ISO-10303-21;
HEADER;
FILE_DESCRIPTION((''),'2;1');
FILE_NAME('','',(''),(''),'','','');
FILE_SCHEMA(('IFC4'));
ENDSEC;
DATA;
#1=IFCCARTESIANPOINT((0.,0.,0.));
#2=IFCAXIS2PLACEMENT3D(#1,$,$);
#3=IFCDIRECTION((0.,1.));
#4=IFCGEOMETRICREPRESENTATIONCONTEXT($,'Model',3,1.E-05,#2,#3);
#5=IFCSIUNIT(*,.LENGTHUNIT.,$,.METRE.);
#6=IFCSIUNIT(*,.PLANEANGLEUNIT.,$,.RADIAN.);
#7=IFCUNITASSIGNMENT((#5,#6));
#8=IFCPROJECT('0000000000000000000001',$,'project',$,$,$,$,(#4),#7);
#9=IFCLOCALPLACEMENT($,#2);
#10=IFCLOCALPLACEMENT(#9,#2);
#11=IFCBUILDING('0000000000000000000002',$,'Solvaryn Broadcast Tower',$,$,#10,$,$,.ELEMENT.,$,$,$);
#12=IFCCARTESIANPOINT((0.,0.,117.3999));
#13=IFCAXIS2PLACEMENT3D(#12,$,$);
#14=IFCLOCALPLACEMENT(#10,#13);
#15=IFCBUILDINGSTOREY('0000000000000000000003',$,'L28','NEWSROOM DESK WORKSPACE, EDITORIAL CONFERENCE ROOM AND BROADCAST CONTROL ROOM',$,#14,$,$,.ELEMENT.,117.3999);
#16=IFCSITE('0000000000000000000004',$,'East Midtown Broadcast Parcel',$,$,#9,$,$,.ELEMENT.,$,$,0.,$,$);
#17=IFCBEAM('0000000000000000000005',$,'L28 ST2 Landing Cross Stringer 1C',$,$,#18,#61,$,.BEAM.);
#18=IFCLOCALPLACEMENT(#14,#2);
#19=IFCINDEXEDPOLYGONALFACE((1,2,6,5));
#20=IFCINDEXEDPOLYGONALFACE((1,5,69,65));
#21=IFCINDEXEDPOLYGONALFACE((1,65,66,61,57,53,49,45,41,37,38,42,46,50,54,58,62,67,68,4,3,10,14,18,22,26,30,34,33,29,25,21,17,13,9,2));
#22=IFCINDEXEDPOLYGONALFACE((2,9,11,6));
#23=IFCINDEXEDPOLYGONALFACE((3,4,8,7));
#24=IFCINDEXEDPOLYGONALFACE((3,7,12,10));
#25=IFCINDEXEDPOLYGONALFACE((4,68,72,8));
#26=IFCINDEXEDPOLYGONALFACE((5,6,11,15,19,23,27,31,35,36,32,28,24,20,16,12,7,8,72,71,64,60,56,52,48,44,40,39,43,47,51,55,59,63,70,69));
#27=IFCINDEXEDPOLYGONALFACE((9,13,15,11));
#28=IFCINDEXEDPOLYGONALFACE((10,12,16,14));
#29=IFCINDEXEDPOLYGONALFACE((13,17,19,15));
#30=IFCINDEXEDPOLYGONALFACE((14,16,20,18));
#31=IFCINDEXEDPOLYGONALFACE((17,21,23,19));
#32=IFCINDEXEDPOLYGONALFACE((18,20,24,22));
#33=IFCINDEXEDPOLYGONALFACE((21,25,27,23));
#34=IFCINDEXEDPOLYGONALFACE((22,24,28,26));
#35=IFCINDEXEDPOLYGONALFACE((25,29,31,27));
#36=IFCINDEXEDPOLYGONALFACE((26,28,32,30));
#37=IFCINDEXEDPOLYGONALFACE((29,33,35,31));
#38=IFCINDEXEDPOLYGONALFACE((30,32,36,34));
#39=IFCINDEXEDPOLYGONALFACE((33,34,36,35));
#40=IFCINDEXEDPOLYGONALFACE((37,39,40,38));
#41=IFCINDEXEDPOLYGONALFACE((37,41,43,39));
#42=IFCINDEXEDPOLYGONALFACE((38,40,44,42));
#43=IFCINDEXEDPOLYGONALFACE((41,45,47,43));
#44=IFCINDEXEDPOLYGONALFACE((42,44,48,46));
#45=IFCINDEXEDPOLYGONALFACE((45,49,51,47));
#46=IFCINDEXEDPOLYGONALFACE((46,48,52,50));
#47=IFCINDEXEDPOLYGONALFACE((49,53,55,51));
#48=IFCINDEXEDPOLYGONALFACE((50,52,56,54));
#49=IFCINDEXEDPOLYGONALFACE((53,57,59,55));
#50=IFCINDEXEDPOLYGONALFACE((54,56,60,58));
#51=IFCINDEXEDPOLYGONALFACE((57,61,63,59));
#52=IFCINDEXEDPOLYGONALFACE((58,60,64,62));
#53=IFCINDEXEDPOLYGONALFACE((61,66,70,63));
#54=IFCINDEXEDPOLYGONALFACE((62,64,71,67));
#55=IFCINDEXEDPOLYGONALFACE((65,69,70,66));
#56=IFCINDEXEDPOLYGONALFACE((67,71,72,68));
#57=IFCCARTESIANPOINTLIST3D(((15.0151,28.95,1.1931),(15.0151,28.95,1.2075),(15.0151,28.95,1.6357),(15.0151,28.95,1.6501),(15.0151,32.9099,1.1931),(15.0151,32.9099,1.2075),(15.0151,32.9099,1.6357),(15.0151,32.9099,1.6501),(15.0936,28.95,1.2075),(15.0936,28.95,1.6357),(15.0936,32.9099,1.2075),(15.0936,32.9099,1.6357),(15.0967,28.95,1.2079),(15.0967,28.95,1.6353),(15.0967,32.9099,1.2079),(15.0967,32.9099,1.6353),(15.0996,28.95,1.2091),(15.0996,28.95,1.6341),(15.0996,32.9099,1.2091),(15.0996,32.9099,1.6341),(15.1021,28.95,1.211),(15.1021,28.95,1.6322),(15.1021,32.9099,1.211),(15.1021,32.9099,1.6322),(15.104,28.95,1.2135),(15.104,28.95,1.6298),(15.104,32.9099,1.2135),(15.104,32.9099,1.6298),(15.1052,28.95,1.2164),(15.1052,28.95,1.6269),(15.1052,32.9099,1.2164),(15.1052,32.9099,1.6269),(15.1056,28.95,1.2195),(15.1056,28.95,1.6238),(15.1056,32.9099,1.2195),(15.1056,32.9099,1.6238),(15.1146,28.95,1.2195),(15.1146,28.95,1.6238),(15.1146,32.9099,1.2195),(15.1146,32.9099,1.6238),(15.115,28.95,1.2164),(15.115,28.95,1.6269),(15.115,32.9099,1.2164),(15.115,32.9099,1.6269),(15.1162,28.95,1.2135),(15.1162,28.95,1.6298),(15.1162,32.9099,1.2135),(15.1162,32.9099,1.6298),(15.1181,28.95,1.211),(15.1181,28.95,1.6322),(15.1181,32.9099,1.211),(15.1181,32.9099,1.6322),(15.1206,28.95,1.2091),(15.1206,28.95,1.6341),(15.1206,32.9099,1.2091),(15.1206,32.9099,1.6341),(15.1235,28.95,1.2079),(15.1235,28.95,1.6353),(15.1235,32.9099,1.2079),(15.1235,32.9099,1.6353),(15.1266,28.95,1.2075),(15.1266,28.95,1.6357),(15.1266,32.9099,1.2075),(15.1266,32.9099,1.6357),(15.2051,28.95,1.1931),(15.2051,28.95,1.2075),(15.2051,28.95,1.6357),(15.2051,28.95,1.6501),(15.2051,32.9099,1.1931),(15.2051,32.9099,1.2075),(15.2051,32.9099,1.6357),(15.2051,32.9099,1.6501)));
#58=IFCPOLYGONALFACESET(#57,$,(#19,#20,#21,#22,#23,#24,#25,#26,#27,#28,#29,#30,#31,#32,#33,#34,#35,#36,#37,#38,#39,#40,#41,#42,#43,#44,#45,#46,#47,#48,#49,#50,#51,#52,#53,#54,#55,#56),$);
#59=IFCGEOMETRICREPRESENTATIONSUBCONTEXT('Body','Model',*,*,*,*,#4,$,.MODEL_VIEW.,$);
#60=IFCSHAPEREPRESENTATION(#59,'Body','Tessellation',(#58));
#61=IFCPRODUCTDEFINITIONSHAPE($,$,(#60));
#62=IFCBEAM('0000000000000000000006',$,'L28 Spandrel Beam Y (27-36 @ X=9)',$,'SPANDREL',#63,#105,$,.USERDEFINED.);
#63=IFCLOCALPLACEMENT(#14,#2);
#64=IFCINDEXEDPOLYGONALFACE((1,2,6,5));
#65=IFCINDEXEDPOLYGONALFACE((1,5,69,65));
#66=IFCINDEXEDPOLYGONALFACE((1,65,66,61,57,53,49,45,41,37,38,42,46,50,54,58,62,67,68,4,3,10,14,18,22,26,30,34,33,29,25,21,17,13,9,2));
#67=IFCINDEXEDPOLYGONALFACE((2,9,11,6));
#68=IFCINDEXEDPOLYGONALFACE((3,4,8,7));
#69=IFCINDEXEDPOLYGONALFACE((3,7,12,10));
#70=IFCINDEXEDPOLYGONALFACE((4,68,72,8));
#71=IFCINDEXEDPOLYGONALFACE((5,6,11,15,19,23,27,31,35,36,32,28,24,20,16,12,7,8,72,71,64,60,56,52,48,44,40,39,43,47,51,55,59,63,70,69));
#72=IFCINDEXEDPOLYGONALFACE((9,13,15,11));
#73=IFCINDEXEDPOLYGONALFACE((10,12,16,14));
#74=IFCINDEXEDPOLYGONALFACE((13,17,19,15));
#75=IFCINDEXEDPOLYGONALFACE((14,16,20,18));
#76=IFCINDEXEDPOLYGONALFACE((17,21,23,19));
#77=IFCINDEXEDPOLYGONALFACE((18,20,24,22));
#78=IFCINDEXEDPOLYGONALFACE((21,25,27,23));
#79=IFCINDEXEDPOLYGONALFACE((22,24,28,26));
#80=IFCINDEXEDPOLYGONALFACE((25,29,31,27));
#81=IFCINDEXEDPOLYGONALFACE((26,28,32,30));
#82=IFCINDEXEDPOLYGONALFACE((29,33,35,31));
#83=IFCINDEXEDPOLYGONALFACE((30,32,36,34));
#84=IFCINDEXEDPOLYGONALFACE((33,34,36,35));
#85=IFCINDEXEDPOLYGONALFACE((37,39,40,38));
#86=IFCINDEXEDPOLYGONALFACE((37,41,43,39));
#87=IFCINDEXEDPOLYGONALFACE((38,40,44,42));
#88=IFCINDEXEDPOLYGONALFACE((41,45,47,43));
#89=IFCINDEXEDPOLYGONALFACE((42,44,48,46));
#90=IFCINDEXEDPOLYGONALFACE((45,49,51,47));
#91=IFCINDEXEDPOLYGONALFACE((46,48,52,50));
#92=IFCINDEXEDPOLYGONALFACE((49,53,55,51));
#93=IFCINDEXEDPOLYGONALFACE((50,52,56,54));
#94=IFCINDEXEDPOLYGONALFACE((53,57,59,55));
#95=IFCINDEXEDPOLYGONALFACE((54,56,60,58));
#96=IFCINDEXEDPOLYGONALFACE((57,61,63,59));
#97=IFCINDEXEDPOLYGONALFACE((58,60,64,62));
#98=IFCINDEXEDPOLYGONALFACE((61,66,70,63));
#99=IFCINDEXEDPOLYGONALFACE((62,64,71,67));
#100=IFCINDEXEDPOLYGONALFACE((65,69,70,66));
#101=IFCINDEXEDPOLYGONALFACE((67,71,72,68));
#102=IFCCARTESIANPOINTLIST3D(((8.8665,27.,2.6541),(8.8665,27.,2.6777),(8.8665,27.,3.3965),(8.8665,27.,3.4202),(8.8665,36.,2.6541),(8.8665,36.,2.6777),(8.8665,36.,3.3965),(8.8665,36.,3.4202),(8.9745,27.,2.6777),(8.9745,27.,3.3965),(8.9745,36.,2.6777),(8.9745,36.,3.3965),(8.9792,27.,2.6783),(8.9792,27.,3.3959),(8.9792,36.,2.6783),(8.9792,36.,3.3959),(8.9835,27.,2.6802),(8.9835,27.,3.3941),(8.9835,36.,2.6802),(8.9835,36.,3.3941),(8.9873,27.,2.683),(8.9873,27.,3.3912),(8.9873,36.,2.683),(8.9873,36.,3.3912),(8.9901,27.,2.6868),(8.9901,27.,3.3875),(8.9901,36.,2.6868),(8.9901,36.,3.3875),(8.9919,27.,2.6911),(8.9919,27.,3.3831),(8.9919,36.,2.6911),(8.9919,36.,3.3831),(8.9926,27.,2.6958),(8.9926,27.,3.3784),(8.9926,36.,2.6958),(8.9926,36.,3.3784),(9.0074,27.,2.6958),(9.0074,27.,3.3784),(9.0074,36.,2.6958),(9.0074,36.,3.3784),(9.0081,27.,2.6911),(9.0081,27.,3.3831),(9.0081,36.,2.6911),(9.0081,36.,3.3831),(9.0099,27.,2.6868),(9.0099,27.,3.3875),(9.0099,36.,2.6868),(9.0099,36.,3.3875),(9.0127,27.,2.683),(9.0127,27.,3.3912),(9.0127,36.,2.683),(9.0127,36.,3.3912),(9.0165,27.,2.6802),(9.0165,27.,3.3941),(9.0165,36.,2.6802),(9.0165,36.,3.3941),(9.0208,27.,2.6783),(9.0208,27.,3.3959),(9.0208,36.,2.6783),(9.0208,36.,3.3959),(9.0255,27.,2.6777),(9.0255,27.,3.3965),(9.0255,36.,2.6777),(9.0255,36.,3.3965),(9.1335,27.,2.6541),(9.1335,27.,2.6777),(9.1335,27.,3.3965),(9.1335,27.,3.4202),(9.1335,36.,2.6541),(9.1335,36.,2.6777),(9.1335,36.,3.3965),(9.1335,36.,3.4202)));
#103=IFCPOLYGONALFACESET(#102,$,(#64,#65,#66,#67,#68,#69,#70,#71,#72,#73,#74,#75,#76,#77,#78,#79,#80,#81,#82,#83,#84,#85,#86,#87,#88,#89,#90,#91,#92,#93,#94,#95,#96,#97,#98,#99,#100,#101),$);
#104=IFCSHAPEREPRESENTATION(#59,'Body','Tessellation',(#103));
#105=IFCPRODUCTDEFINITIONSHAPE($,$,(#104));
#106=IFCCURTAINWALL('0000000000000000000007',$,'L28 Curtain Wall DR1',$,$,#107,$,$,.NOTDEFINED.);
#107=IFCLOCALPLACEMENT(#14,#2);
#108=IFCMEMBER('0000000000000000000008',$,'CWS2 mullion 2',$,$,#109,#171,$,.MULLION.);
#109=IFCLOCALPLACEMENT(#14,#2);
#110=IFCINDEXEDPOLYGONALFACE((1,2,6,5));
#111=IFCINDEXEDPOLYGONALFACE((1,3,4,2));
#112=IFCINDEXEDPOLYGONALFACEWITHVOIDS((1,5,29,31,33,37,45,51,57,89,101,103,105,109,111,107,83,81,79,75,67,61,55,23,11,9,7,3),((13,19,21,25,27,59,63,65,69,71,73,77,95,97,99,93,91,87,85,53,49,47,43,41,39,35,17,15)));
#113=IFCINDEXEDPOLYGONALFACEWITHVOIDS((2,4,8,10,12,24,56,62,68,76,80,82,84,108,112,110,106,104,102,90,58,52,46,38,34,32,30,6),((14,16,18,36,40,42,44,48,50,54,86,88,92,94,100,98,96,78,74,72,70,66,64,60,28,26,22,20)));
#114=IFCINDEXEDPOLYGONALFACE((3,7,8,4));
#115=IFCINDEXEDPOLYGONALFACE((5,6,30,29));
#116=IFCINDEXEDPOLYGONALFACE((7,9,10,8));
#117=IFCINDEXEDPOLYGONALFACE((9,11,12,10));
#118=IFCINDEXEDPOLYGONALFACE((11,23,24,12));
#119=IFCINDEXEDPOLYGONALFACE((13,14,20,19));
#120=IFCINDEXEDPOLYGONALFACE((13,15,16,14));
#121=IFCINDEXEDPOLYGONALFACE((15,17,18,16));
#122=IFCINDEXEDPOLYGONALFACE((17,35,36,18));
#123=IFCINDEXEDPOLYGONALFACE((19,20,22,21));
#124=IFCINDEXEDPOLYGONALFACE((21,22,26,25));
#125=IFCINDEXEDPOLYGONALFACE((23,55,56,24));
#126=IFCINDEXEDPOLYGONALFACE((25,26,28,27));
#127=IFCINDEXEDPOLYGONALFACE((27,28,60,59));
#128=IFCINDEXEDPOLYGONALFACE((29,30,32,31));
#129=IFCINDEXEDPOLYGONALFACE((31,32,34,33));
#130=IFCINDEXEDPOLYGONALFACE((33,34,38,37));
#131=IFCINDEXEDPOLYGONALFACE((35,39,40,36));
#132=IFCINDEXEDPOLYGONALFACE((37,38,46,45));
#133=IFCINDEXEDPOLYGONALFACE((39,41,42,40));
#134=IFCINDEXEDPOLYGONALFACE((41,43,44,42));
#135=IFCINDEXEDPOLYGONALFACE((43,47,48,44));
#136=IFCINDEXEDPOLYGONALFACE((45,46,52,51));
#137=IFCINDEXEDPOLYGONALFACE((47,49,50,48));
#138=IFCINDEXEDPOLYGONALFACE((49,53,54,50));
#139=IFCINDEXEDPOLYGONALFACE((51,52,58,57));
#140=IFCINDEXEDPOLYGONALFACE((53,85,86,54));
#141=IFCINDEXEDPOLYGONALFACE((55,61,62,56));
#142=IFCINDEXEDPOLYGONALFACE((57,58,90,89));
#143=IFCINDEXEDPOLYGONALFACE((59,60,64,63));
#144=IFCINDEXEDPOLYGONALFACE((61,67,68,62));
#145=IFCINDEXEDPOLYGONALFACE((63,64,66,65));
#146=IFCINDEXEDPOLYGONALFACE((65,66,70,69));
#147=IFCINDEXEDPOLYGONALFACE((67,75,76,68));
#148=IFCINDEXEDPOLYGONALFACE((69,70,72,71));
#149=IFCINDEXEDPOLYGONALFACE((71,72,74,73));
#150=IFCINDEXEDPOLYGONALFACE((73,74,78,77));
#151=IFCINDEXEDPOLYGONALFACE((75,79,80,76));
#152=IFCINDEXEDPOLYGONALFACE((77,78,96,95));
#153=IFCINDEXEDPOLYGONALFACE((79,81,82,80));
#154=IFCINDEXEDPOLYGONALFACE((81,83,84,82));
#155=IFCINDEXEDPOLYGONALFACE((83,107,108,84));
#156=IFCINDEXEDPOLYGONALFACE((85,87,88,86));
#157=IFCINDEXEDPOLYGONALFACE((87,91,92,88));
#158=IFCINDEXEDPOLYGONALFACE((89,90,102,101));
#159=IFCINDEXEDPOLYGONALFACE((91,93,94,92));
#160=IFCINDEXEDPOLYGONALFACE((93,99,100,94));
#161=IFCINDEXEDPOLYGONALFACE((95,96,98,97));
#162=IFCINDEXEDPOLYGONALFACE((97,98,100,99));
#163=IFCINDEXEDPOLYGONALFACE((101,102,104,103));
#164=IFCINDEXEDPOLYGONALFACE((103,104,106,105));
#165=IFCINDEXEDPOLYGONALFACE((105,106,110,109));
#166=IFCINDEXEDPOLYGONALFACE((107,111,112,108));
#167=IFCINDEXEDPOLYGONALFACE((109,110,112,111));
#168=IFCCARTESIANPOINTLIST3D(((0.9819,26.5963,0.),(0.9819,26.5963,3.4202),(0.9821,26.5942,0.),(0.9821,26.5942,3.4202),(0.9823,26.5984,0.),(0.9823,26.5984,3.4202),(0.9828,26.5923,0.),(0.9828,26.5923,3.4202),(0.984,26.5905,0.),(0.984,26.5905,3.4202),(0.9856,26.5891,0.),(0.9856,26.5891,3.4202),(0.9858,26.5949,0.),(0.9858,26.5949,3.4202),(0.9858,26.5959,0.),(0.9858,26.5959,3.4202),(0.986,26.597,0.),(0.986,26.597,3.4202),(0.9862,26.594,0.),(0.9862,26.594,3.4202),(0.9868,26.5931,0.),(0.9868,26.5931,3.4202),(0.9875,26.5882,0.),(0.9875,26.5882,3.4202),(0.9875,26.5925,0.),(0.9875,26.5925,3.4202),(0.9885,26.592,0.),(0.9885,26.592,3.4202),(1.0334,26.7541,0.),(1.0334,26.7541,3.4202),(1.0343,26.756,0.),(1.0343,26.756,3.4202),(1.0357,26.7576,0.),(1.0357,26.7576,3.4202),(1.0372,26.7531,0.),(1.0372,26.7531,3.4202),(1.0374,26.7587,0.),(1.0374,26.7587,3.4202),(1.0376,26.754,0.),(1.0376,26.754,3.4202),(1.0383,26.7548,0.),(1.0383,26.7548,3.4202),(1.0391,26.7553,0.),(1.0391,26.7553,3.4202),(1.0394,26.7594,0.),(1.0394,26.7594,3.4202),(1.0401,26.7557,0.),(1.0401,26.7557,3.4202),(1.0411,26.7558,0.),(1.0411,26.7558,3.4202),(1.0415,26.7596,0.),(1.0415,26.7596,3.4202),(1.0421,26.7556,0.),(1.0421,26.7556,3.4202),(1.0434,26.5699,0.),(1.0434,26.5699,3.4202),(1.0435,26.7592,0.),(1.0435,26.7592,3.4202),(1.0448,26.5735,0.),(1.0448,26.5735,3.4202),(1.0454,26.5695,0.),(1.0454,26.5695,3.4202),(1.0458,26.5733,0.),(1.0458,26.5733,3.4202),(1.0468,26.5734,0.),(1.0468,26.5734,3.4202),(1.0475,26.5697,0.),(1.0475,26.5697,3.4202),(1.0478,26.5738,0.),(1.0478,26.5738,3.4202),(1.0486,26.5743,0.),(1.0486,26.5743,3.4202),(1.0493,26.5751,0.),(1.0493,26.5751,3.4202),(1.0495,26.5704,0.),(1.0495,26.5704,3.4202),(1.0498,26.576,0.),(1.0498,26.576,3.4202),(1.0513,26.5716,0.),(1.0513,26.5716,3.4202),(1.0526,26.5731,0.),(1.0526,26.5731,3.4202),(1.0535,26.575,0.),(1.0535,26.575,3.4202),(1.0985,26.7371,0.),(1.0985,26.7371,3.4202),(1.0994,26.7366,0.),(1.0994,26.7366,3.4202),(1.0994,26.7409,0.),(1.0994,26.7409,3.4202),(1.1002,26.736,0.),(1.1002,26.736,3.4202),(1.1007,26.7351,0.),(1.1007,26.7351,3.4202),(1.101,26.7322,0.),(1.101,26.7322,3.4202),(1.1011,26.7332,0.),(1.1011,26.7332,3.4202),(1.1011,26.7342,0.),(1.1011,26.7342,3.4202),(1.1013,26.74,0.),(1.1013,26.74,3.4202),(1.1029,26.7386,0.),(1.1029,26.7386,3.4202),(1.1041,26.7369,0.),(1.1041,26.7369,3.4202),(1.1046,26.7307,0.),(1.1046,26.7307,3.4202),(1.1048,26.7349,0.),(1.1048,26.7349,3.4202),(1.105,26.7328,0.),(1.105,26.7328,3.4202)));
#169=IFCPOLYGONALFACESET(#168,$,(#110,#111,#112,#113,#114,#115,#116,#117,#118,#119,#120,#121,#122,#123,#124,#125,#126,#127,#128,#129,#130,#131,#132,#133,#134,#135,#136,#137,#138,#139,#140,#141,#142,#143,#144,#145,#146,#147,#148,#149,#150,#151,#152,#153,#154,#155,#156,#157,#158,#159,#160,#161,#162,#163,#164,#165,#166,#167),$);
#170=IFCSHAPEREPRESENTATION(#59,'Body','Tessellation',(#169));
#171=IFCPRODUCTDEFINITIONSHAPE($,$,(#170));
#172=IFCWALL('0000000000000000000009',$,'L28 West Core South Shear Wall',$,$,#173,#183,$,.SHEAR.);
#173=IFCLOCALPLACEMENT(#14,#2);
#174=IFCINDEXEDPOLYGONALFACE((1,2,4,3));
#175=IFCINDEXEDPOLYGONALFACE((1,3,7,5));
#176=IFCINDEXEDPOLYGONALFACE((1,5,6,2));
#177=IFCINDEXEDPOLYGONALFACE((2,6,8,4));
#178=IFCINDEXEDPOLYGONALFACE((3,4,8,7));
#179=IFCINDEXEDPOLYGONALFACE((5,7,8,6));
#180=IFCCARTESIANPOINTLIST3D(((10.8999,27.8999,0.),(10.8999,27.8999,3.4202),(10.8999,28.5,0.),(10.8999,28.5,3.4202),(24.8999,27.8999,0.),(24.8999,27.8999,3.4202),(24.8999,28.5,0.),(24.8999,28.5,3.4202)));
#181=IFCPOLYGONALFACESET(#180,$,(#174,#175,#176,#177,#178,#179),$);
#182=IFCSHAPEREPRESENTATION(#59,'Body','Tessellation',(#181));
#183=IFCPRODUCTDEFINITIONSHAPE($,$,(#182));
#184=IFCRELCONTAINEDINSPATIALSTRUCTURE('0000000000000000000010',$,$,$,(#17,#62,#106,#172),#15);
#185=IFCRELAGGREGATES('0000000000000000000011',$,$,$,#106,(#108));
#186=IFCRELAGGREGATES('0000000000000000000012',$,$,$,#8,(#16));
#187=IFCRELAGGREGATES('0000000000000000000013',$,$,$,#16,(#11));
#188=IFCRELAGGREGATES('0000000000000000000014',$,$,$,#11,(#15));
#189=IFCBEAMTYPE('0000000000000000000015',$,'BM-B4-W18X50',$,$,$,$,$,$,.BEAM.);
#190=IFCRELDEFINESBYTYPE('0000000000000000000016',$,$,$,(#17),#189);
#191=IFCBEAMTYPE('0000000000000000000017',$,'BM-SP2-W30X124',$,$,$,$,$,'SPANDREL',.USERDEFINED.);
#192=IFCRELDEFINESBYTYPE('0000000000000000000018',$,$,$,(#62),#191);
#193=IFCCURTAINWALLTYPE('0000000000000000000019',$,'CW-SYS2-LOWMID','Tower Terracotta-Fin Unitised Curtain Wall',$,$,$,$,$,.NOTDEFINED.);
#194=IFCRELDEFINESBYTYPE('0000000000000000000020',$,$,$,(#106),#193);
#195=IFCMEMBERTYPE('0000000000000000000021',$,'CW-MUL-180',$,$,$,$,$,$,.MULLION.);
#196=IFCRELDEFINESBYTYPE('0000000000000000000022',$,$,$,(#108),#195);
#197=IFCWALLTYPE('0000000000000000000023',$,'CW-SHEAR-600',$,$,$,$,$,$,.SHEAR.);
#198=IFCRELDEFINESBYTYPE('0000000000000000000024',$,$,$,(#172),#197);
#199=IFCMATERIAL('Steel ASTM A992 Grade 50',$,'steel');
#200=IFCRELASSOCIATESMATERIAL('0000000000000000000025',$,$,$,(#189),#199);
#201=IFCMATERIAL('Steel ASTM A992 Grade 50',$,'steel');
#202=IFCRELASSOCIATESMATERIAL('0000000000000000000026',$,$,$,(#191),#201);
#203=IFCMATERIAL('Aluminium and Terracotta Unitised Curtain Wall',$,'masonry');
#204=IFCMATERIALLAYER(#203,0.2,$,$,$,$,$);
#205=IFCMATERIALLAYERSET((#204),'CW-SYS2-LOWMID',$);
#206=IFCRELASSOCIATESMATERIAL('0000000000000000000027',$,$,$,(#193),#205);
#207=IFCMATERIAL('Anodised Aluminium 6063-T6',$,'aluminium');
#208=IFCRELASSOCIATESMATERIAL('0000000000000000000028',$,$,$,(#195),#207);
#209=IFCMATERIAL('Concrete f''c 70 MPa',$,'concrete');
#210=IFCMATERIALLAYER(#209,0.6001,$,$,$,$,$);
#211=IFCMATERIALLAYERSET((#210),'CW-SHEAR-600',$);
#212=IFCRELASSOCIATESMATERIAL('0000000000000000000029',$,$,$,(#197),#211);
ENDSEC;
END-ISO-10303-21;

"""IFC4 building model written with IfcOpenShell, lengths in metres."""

from ifc_helpers import new_model, si_unit, direction, frame, frame_2d, origin, origin_2d, place, context, subcontext, project, spatial, rectangle, hollow_rectangle, i_section, extrude, material, layer, layer_set, material_profile, profile_set, type_object, element, aggregate, save


model = new_model("IFC4")

# Units and contexts
model_context = context("Model", 3, precision=1e-05, world=origin(), true_north=direction((0.0, 1.0)))
body_context = subcontext(model_context, "Body", "Model", "MODEL_VIEW")
ifc_project = project(units=[si_unit("LENGTHUNIT", "METRE"), si_unit("PLANEANGLEUNIT", "RADIAN")], contexts=[model_context])

# Site, building, storey
site_placement = place(None, origin())
site = spatial("IfcSite", under=ifc_project, at=site_placement, Name="East Midtown Broadcast Parcel", CompositionType="ELEMENT", RefElevation=0.0)
building_placement = place(site_placement, origin())
building = spatial("IfcBuilding", under=site, at=building_placement, Name="Solvaryn Broadcast Tower", CompositionType="ELEMENT")
storey_placement = place(building_placement, frame((0.0, 0.0, 117.3999)))
storey = spatial("IfcBuildingStorey", under=building, at=storey_placement, Name="L28", Description="NEWSROOM DESK WORKSPACE, EDITORIAL CONFERENCE ROOM AND BROADCAST CONTROL ROOM", CompositionType="ELEMENT", Elevation=117.3999)

# Beams
ifc_material_1 = material(Name="Steel ASTM A992 Grade 50", Category="steel")
ifc_material_profile_1 = material_profile(ifc_material_1, i_section(OverallWidth=0.1899, OverallDepth=0.457, WebThickness=0.009, FlangeThickness=0.0144, FilletRadius=0.012, at=origin_2d()))
ifc_profile_set_1 = profile_set([ifc_material_profile_1], Name="Steel ASTM A992 Grade 50")
beam_type_1 = type_object("IfcBeamType", Name="BM-B4-W18X50", PredefinedType="BEAM", material=ifc_profile_set_1)
beam_1_placement = place(storey_placement, frame((15.1101, 28.95, 1.4216), z_axis=(0.0, 1.0, 0.0), x_axis=(-1.0, 0.0, 0.0)))
element("IfcBeam", 1, at=beam_1_placement, inside=storey, type_object=beam_type_1, Name="L28 ST2 Landing Cross Stringer 1C", PredefinedType="BEAM", context=body_context, shape_type="SweptSolid", body=[
    extrude(i_section(OverallWidth=0.1899, OverallDepth=0.457, WebThickness=0.009, FlangeThickness=0.0144, FilletRadius=0.012, at=origin_2d()), origin(), (0.0, 0.0, 1.0), 3.96),
])
ifc_material_2 = material(Name="Steel ASTM A992 Grade 50", Category="steel")
ifc_material_profile_2 = material_profile(ifc_material_2, i_section(OverallWidth=0.2671, OverallDepth=0.7661, WebThickness=0.0149, FlangeThickness=0.0237, FilletRadius=0.0181, at=origin_2d()))
ifc_profile_set_2 = profile_set([ifc_material_profile_2], Name="Steel ASTM A992 Grade 50")
beam_type_2 = type_object("IfcBeamType", Name="BM-SP2-W30X124", ElementType="SPANDREL", PredefinedType="USERDEFINED", material=ifc_profile_set_2)
beam_2_placement = place(storey_placement, frame((9.0, 27.0, 3.0371), z_axis=(0.0, 1.0, 0.0), x_axis=(-1.0, 0.0, 0.0)))
element("IfcBeam", 2, at=beam_2_placement, inside=storey, type_object=beam_type_2, Name="L28 Spandrel Beam Y (27-36 @ X=9)", ObjectType="SPANDREL", PredefinedType="USERDEFINED", context=body_context, shape_type="SweptSolid", body=[
    extrude(i_section(OverallWidth=0.2671, OverallDepth=0.7661, WebThickness=0.0149, FlangeThickness=0.0237, FilletRadius=0.0181, at=origin_2d()), origin(), (0.0, 0.0, 1.0), 9.0),
])

# Curtain wall, member
ifc_material_3 = material(Name="Aluminium and Terracotta Unitised Curtain Wall", Category="masonry")
ifc_layer_1 = layer(ifc_material_3, 0.2)
ifc_layer_set_1 = layer_set([ifc_layer_1], Name="CW-SYS2-LOWMID")
curtain_wall_type = type_object("IfcCurtainWallType", Name="CW-SYS2-LOWMID", Description="Tower Terracotta-Fin Unitised Curtain Wall", PredefinedType="NOTDEFINED", material=ifc_layer_set_1)
curtain_wall_placement = place(storey_placement, origin())
curtain_wall = element("IfcCurtainWall", 3, at=curtain_wall_placement, inside=storey, type_object=curtain_wall_type, Name="L28 Curtain Wall DR1", PredefinedType="NOTDEFINED")
ifc_material_4 = material(Name="Anodised Aluminium 6063-T6", Category="aluminium")
ifc_material_profile_3 = material_profile(ifc_material_4, hollow_rectangle(XDim=0.075, YDim=0.1799, WallThickness=0.0039, InnerFilletRadius=0.0039, OuterFilletRadius=0.0081, at=origin_2d()))
ifc_profile_set_3 = profile_set([ifc_material_profile_3], Name="Anodised Aluminium 6063-T6")
member_type = type_object("IfcMemberType", Name="CW-MUL-180", PredefinedType="MULLION", material=ifc_profile_set_3)
member_placement = place(storey_placement, frame((1.0435, 26.6646, 0.0), z_axis=(0.0, 0.0, 1.0), x_axis=(0.950198, -0.311646, 0.0)))
member = element("IfcMember", 4, at=member_placement, type_object=member_type, Name="CWS2 mullion 2", PredefinedType="MULLION", context=body_context, shape_type="SweptSolid", body=[
    extrude(hollow_rectangle(XDim=0.075, YDim=0.1799, WallThickness=0.0039, InnerFilletRadius=0.0039, OuterFilletRadius=0.0081, at=origin_2d()), origin(), (0.0, 0.0, 1.0), 3.4202),
])
aggregate(curtain_wall, [member])

# Wall
ifc_material_5 = material(Name="Concrete f'c 70 MPa", Category="concrete")
ifc_layer_2 = layer(ifc_material_5, 0.6001)
ifc_layer_set_2 = layer_set([ifc_layer_2], Name="CW-SHEAR-600")
wall_type_1 = type_object("IfcWallType", Name="CW-SHEAR-600", PredefinedType="SHEAR", material=ifc_layer_set_2)
wall_1_placement = place(storey_placement, frame((10.8999, 28.2, 0.0), z_axis=(0.0, 0.0, 1.0), x_axis=(1.0, 0.0, 0.0)))
element("IfcWall", 5, at=wall_1_placement, inside=storey, type_object=wall_type_1, Name="L28 West Core South Shear Wall", PredefinedType="SHEAR", context=body_context, shape_type="SweptSolid", body=[
    extrude(rectangle(XDim=14.0, YDim=0.6001, at=frame_2d((7.0, 0.0))), origin(), (0.0, 0.0, 1.0), 3.4202),
])

save(model, "model.ifc")
